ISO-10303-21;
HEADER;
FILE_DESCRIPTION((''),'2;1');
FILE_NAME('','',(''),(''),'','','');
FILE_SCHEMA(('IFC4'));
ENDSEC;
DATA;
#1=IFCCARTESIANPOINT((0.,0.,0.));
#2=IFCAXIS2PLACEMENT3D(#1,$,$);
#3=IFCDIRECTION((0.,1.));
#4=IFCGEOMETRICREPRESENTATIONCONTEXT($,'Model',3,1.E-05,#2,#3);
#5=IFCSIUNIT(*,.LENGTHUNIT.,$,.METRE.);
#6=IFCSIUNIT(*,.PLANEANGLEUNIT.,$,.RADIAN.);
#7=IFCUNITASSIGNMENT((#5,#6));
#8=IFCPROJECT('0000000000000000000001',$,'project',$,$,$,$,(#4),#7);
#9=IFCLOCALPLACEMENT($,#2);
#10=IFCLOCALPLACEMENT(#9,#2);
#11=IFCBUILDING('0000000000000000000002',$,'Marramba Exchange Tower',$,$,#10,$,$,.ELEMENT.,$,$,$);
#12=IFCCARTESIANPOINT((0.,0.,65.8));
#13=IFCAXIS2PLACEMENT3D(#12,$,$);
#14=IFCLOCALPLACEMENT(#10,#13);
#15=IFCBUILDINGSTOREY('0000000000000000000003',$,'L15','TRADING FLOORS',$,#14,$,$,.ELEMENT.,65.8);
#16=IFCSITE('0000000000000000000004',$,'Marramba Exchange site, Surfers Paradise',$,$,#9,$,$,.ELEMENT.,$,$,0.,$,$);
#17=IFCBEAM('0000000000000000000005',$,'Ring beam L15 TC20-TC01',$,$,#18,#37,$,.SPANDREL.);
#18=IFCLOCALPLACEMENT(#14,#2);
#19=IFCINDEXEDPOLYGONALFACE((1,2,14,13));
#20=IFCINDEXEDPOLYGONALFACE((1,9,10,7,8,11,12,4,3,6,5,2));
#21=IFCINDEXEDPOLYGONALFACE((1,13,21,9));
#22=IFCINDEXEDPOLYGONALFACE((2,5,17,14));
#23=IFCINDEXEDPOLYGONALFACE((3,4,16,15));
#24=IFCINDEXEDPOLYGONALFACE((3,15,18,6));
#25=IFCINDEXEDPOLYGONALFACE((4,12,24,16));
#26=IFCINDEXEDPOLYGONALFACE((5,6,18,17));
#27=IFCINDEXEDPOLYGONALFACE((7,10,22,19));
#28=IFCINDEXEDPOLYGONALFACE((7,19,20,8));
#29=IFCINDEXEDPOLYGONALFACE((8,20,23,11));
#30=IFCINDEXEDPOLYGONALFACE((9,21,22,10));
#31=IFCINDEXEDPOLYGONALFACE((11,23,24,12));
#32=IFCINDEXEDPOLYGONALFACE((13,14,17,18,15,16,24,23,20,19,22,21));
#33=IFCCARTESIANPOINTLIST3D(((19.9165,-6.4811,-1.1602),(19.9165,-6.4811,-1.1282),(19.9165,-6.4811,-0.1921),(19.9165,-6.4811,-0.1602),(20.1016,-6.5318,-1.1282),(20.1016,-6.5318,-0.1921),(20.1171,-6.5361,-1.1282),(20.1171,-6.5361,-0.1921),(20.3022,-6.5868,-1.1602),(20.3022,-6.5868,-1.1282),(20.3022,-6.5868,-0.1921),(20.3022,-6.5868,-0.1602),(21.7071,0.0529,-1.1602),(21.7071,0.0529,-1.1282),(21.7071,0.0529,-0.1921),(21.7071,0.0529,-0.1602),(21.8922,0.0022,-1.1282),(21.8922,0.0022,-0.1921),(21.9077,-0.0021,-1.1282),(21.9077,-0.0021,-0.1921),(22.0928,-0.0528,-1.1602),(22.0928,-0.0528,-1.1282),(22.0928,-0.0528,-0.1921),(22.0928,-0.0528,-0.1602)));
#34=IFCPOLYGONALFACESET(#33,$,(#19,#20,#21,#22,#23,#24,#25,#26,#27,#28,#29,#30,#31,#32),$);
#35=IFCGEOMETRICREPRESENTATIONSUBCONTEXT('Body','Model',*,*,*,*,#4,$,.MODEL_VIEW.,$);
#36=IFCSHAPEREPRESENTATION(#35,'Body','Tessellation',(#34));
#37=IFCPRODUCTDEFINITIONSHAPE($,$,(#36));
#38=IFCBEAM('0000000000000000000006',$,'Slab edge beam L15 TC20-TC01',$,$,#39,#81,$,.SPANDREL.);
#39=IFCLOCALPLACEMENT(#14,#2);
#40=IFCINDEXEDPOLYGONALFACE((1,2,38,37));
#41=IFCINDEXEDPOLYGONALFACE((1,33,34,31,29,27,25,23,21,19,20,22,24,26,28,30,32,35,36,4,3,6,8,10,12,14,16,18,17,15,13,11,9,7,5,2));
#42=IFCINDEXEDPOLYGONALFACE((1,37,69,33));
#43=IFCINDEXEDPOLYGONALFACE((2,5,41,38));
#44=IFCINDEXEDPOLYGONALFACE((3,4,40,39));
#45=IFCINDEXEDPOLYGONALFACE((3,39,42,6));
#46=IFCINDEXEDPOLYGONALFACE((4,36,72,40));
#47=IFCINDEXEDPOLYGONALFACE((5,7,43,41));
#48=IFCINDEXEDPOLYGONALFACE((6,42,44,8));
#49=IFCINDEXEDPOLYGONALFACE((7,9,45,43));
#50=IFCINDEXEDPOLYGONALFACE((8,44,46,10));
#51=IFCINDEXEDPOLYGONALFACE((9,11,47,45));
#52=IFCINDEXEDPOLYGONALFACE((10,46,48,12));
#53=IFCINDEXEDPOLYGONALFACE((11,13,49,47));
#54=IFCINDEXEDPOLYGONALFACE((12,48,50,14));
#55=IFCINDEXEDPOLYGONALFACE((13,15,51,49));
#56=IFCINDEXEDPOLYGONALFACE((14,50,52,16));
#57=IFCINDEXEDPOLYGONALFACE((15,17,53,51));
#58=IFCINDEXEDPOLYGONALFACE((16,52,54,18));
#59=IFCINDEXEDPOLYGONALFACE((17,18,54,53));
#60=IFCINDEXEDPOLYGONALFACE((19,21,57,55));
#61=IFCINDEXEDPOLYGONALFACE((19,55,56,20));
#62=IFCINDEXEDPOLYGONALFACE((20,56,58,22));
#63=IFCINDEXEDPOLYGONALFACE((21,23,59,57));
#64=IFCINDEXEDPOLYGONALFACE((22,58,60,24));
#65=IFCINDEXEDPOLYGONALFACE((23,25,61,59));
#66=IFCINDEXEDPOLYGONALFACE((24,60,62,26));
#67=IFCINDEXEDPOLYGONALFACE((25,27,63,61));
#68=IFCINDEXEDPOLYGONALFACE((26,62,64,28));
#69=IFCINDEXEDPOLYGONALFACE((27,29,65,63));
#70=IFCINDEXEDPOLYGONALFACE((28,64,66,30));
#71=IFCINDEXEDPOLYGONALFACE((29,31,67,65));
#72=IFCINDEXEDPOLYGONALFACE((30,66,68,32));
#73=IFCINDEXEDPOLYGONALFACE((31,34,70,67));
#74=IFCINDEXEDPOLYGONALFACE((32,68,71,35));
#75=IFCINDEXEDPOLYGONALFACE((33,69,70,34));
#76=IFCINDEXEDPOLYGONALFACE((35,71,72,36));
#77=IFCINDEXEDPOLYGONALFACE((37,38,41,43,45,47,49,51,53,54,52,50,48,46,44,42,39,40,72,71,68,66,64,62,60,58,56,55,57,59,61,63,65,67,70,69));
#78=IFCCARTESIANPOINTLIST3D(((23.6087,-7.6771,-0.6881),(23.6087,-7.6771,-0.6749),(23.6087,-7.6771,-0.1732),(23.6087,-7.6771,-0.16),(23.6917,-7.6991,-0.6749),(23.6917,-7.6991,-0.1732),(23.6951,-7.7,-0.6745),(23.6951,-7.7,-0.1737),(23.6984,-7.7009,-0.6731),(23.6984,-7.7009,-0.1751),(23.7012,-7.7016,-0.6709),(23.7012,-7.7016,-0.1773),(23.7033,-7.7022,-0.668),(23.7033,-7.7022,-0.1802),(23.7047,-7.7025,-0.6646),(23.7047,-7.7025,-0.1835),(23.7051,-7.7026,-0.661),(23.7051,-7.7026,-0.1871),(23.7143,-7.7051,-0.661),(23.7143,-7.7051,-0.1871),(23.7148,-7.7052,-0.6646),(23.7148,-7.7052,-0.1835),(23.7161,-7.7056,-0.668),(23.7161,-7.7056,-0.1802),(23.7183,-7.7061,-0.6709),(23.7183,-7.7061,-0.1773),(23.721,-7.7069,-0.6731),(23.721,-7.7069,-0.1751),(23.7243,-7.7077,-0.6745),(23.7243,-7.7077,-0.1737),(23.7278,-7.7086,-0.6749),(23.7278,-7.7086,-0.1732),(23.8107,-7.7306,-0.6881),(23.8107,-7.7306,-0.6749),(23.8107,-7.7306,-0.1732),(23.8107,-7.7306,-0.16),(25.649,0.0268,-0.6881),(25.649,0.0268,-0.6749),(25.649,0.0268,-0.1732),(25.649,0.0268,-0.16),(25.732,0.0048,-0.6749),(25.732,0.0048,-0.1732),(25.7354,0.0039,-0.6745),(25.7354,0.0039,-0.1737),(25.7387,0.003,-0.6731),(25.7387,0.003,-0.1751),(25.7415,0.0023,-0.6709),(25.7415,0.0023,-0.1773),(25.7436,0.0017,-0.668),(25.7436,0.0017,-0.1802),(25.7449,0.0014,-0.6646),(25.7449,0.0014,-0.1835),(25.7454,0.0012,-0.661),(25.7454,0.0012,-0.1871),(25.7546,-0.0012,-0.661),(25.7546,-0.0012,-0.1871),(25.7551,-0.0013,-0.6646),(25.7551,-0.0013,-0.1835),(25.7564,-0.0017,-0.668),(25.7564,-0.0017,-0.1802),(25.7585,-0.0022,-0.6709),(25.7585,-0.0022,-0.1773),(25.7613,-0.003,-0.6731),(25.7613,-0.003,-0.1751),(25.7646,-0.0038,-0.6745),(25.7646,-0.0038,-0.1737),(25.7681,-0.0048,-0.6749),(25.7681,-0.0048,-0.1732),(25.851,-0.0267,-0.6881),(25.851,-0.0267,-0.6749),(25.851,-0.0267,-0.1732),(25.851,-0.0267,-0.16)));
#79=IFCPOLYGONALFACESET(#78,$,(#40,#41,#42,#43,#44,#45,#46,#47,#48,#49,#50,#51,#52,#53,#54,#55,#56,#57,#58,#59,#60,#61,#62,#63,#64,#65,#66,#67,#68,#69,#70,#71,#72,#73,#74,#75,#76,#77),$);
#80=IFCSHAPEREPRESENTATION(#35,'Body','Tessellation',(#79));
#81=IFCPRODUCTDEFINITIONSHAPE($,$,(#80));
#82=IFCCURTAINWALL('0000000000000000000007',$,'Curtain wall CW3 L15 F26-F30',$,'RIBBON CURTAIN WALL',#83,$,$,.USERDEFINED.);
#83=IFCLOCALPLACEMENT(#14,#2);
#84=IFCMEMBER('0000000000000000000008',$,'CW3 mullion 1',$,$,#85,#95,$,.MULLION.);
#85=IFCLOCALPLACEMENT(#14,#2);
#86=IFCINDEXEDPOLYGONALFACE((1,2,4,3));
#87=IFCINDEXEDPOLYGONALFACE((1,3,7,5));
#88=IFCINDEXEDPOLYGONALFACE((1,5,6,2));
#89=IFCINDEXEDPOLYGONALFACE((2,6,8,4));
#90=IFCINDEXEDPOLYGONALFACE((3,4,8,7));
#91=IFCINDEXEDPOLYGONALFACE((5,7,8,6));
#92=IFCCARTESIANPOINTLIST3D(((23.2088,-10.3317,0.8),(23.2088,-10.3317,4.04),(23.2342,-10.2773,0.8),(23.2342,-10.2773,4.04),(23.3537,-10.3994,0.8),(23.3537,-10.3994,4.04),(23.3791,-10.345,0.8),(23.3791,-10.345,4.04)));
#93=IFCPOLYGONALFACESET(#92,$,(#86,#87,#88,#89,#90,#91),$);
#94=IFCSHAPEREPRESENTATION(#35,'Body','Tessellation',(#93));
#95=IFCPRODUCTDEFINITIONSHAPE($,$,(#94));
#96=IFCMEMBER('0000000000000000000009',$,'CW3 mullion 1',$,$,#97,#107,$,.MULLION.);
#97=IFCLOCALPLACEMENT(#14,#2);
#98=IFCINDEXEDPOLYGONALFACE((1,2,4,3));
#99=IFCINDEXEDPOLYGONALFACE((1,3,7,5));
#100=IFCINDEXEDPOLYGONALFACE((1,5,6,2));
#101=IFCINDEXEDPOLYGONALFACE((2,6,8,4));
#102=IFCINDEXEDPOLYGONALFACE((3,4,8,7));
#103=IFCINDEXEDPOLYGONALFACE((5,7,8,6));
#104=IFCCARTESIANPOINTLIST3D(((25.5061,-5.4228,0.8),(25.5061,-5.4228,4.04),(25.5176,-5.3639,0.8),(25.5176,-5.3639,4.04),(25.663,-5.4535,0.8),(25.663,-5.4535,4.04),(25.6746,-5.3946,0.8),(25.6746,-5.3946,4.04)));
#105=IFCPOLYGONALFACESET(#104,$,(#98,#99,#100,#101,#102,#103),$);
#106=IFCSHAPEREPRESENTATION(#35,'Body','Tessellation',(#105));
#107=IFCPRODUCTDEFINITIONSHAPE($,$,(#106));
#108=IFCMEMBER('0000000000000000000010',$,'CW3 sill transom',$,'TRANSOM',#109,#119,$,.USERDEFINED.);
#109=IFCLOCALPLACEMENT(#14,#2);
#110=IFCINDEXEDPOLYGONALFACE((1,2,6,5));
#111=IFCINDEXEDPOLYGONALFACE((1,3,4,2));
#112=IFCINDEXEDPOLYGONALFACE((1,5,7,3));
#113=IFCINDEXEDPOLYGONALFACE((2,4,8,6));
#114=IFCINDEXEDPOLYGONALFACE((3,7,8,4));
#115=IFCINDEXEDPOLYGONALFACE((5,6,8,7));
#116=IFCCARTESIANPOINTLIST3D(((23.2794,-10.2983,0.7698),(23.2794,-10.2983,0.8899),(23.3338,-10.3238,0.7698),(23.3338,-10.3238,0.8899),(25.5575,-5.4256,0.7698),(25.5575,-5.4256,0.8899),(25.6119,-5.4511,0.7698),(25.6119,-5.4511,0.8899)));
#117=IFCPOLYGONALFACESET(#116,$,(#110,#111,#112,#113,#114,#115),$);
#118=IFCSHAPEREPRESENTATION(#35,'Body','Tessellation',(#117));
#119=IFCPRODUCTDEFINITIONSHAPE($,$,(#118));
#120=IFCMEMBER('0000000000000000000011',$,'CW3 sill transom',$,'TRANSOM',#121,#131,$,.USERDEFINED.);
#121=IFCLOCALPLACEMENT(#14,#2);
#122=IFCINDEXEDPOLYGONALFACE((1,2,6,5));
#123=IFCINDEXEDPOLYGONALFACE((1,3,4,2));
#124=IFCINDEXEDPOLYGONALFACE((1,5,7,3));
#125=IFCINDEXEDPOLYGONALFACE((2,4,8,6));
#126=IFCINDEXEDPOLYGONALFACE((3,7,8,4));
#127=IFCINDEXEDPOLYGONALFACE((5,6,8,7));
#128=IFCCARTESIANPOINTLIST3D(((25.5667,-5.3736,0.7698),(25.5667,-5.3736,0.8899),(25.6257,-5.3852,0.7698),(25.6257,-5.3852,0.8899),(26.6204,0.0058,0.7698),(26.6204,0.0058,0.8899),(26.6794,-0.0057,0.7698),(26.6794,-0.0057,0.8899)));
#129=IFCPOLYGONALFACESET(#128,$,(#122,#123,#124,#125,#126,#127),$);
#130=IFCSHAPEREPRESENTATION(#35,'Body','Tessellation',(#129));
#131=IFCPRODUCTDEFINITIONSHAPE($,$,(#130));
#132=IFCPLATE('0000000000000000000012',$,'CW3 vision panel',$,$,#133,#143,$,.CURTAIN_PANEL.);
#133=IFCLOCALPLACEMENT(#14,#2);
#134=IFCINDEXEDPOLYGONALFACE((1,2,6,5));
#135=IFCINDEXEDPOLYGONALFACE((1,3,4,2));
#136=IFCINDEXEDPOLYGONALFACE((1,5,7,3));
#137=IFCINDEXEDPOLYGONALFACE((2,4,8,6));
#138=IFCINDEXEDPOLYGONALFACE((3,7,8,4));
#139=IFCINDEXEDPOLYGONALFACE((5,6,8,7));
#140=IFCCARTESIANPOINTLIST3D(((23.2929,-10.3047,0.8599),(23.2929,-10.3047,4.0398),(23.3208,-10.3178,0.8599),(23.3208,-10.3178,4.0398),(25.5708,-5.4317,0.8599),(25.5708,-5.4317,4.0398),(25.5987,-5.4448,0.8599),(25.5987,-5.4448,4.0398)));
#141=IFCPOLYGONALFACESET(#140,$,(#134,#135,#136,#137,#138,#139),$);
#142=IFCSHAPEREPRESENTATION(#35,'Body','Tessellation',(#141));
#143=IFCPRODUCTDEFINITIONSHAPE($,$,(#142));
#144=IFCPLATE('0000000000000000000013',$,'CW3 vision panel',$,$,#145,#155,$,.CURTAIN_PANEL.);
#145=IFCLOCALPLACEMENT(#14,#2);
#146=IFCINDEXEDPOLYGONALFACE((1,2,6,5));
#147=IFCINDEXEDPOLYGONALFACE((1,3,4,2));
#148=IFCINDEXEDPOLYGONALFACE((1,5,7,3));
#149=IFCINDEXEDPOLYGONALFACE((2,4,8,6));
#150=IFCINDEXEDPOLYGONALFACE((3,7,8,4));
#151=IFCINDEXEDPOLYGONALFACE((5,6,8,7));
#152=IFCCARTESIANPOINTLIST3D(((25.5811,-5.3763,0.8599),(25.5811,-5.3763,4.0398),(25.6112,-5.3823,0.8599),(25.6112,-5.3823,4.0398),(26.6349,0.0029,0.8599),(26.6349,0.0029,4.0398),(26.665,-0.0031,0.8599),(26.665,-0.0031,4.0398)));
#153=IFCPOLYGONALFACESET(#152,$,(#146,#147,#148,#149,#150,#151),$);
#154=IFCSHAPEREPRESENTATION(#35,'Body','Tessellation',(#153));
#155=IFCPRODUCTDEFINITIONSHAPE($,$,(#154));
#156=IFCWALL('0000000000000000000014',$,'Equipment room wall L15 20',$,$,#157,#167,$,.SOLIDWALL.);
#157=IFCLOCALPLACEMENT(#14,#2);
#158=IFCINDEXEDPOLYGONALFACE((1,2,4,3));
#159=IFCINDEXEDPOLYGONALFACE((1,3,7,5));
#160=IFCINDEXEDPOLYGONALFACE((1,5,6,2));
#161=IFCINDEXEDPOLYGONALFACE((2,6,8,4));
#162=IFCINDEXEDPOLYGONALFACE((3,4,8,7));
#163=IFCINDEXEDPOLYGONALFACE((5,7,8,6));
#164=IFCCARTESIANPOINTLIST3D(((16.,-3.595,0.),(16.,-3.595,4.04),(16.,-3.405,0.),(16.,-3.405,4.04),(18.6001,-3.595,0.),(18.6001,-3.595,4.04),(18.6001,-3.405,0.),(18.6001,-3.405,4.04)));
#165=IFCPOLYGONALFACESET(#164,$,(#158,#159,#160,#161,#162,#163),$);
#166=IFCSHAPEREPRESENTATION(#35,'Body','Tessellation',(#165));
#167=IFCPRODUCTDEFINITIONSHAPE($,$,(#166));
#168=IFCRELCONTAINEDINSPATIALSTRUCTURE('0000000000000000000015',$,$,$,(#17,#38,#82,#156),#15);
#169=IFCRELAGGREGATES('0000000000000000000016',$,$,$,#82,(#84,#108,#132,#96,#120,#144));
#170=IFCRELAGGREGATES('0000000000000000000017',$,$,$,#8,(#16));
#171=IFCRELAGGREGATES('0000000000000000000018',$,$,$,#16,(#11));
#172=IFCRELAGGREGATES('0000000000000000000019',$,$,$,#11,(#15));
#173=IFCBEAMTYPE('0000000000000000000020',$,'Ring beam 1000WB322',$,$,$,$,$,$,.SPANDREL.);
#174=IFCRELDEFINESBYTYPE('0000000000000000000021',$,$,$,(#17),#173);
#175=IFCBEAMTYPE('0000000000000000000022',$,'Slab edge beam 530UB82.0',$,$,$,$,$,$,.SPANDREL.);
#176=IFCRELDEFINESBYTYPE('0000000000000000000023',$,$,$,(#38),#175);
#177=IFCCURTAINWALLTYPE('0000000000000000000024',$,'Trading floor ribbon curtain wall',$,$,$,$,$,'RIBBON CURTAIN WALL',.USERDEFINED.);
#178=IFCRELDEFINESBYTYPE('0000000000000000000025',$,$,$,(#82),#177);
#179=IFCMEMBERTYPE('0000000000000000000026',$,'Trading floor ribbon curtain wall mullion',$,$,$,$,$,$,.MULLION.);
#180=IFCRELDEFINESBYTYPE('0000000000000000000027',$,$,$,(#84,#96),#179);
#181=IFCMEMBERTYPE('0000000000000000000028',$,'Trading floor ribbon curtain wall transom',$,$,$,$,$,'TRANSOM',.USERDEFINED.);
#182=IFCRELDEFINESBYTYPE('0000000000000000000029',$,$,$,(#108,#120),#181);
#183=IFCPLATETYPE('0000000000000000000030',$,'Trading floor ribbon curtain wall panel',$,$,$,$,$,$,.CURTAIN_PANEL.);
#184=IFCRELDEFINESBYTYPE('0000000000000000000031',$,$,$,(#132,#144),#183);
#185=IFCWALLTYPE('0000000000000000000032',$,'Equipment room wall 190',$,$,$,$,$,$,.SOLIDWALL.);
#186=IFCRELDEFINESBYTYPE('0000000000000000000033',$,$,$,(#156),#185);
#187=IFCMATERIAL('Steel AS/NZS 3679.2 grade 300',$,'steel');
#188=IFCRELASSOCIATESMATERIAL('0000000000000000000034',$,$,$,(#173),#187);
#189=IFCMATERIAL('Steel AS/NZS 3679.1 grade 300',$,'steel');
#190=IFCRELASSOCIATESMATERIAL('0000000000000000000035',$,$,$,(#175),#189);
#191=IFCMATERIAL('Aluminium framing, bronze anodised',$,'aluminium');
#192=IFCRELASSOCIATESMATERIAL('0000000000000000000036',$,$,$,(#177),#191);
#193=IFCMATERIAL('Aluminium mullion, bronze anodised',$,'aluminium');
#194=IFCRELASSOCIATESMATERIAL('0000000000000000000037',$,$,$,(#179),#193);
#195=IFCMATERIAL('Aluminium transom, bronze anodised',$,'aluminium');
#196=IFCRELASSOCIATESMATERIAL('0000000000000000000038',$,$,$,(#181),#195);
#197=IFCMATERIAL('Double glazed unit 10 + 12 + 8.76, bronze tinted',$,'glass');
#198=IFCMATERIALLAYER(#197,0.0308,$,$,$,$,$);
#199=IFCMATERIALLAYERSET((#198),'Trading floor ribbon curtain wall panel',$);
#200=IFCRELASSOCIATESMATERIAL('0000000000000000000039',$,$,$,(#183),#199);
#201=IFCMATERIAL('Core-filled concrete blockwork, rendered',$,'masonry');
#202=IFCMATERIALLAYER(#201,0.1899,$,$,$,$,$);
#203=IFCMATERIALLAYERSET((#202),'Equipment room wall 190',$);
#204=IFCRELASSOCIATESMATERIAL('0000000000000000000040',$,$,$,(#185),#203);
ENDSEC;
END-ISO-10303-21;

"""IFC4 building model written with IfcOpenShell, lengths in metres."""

from ifc_helpers import new_model, si_unit, direction, frame, frame_2d, origin, origin_2d, place, context, subcontext, project, spatial, rectangle, i_section, extrude, material, layer, layer_set, material_profile, profile_set, type_object, element, aggregate, save


model = new_model("IFC4")

# Units and contexts
model_context = context("Model", 3, precision=1e-05, world=origin(), true_north=direction((0.0, 1.0)))
body_context = subcontext(model_context, "Body", "Model", "MODEL_VIEW")
ifc_project = project(units=[si_unit("LENGTHUNIT", "METRE"), si_unit("PLANEANGLEUNIT", "RADIAN")], contexts=[model_context])

# Site, building, storey
site_placement = place(None, origin())
site = spatial("IfcSite", under=ifc_project, at=site_placement, Name="Marramba Exchange site, Surfers Paradise", CompositionType="ELEMENT", RefElevation=0.0)
building_placement = place(site_placement, origin())
building = spatial("IfcBuilding", under=site, at=building_placement, Name="Marramba Exchange Tower", CompositionType="ELEMENT")
storey_placement = place(building_placement, frame((0.0, 0.0, 65.8)))
storey = spatial("IfcBuildingStorey", under=building, at=storey_placement, Name="L15", Description="TRADING FLOORS", CompositionType="ELEMENT", Elevation=65.8)

# Beams
ifc_material_1 = material(Name="Steel AS/NZS 3679.2 grade 300", Category="steel")
ifc_material_2 = material(Name="Steel AS/NZS 3679.1 grade 300", Category="steel")
ifc_material_profile_1 = material_profile(ifc_material_1, i_section(OverallWidth=0.3999, OverallDepth=1.0, WebThickness=0.0161, FlangeThickness=0.032, at=origin_2d()), Name="1000WB322")
ifc_profile_set_1 = profile_set([ifc_material_profile_1], Name="Steel AS/NZS 3679.2 grade 300")
beam_type_1 = type_object("IfcBeamType", Name="Ring beam 1000WB322", PredefinedType="SPANDREL", material=ifc_profile_set_1)
beam_1_placement = place(storey_placement, frame((20.1094, -6.5339, -0.6602), z_axis=(0.264291, 0.964443, 0.0), x_axis=(-0.964443, 0.264291, 0.0)))
element("IfcBeam", 1, at=beam_1_placement, inside=storey, type_object=beam_type_1, Name="Ring beam L15 TC20-TC01", PredefinedType="SPANDREL", context=body_context, shape_type="SweptSolid", body=[
    extrude(i_section(OverallWidth=0.3999, OverallDepth=1.0, WebThickness=0.0161, FlangeThickness=0.032, at=origin_2d()), origin(), (0.0, 0.0, 1.0), 6.7749),
])
ifc_material_profile_2 = material_profile(ifc_material_2, i_section(OverallWidth=0.209, OverallDepth=0.5281, WebThickness=0.0095, FlangeThickness=0.0132, FilletRadius=0.0139, at=origin_2d()), Name="530UB82.0")
ifc_profile_set_2 = profile_set([ifc_material_profile_2], Name="Steel AS/NZS 3679.1 grade 300")
beam_type_2 = type_object("IfcBeamType", Name="Slab edge beam 530UB82.0", PredefinedType="SPANDREL", material=ifc_profile_set_2)
beam_2_placement = place(storey_placement, frame((23.7097, -7.7039, -0.4241), z_axis=(0.256013, 0.966673, 0.0), x_axis=(-0.966673, 0.256013, 0.0)))
element("IfcBeam", 2, at=beam_2_placement, inside=storey, type_object=beam_type_2, Name="Slab edge beam L15 TC20-TC01", PredefinedType="SPANDREL", context=body_context, shape_type="SweptSolid", body=[
    extrude(i_section(OverallWidth=0.209, OverallDepth=0.5281, WebThickness=0.0095, FlangeThickness=0.0132, FilletRadius=0.0139, at=origin_2d()), origin(), (0.0, 0.0, 1.0), 7.9695),
])

# Curtain wall, members, plates
ifc_material_3 = material(Name="Aluminium framing, bronze anodised", Category="aluminium")
curtain_wall_type = type_object("IfcCurtainWallType", Name="Trading floor ribbon curtain wall", ElementType="RIBBON CURTAIN WALL", PredefinedType="USERDEFINED", material=ifc_material_3)
curtain_wall_placement = place(storey_placement, origin())
curtain_wall = element("IfcCurtainWall", 3, at=curtain_wall_placement, inside=storey, type_object=curtain_wall_type, Name="Curtain wall CW3 L15 F26-F30", ObjectType="RIBBON CURTAIN WALL", PredefinedType="USERDEFINED")
ifc_material_4 = material(Name="Aluminium mullion, bronze anodised", Category="aluminium")
ifc_material_profile_3 = material_profile(ifc_material_4, rectangle(XDim=0.1599, YDim=0.0601, at=origin_2d()), Name="CW3 mullion 60x160")
ifc_profile_set_3 = profile_set([ifc_material_profile_3], Name="Aluminium mullion, bronze anodised")
member_type_1 = type_object("IfcMemberType", Name="Trading floor ribbon curtain wall mullion", PredefinedType="MULLION", material=ifc_profile_set_3)
member_1_placement = place(storey_placement, frame((23.2939, -10.3384, 0.8), z_axis=(0.0, 0.0, 1.0), x_axis=(-0.905907, 0.423477, 0.0)))
member_1 = element("IfcMember", 4, at=member_1_placement, type_object=member_type_1, Name="CW3 mullion 1", PredefinedType="MULLION", context=body_context, shape_type="SweptSolid", body=[
    extrude(rectangle(XDim=0.1599, YDim=0.0601, at=origin_2d()), origin(), (0.0, 0.0, 1.0), 3.24),
])
member_2_placement = place(storey_placement, frame((25.5903, -5.4087, 0.8), z_axis=(0.0, 0.0, 1.0), x_axis=(-0.981346, 0.192249, 0.0)))
member_2 = element("IfcMember", 5, at=member_2_placement, type_object=member_type_1, Name="CW3 mullion 1", PredefinedType="MULLION", context=body_context, shape_type="SweptSolid", body=[
    extrude(rectangle(XDim=0.1599, YDim=0.0601, at=origin_2d()), origin(), (0.0, 0.0, 1.0), 3.24),
])
ifc_material_5 = material(Name="Aluminium transom, bronze anodised", Category="aluminium")
ifc_material_profile_4 = material_profile(ifc_material_5, rectangle(XDim=0.0601, YDim=0.1201, at=origin_2d()), Name="CW3 transom 60x120")
ifc_profile_set_4 = profile_set([ifc_material_profile_4], Name="Aluminium transom, bronze anodised")
member_type_2 = type_object("IfcMemberType", Name="Trading floor ribbon curtain wall transom", ElementType="TRANSOM", PredefinedType="USERDEFINED", material=ifc_profile_set_4)
member_3_placement = place(storey_placement, frame((23.3066, -10.311, 0.8298), z_axis=(0.423512, 0.905891, 0.0), x_axis=(-0.905891, 0.423512, 0.0)))
member_3 = element("IfcMember", 6, at=member_3_placement, type_object=member_type_2, Name="CW3 sill transom", ObjectType="TRANSOM", PredefinedType="USERDEFINED", context=body_context, shape_type="SweptSolid", body=[
    extrude(rectangle(XDim=0.0601, YDim=0.1201, at=origin_2d()), origin(), (0.0, 0.0, 1.0), 5.3789),
])
member_4_placement = place(storey_placement, frame((25.5962, -5.3794, 0.8298), z_axis=(0.192226, 0.981351, 0.0), x_axis=(-0.981351, 0.192226, 0.0)))
member_4 = element("IfcMember", 7, at=member_4_placement, type_object=member_type_2, Name="CW3 sill transom", ObjectType="TRANSOM", PredefinedType="USERDEFINED", context=body_context, shape_type="SweptSolid", body=[
    extrude(rectangle(XDim=0.0601, YDim=0.1201, at=origin_2d()), origin(), (0.0, 0.0, 1.0), 5.4817),
])
ifc_material_6 = material(Name="Double glazed unit 10 + 12 + 8.76, bronze tinted", Category="glass")
ifc_layer_1 = layer(ifc_material_6, 0.0308)
ifc_layer_set_1 = layer_set([ifc_layer_1], Name="Trading floor ribbon curtain wall panel")
plate_type = type_object("IfcPlateType", Name="Trading floor ribbon curtain wall panel", PredefinedType="CURTAIN_PANEL", material=ifc_layer_set_1)
plate_1_placement = place(storey_placement, frame((24.4458, -7.8748, 0.8599), z_axis=(0.0, 0.0, 1.0), x_axis=(0.423477, 0.905907, 0.0)))
plate_1 = element("IfcPlate", 8, at=plate_1_placement, type_object=plate_type, Name="CW3 vision panel", PredefinedType="CURTAIN_PANEL", context=body_context, shape_type="SweptSolid", body=[
    extrude(rectangle(XDim=5.3792, YDim=0.0308, at=origin_2d()), origin(), (0.0, 0.0, 1.0), 3.1799),
])
plate_2_placement = place(storey_placement, frame((26.123, -2.6897, 0.8599), z_axis=(0.0, 0.0, 1.0), x_axis=(0.192249, 0.981346, 0.0)))
plate_2 = element("IfcPlate", 9, at=plate_2_placement, type_object=plate_type, Name="CW3 vision panel", PredefinedType="CURTAIN_PANEL", context=body_context, shape_type="SweptSolid", body=[
    extrude(rectangle(XDim=5.4814, YDim=0.0308, at=origin_2d()), origin(), (0.0, 0.0, 1.0), 3.1799),
])
aggregate(curtain_wall, [member_1, member_3, plate_1, member_2, member_4, plate_2])

# Wall
ifc_material_7 = material(Name="Core-filled concrete blockwork, rendered", Category="masonry")
ifc_layer_2 = layer(ifc_material_7, 0.1899)
ifc_layer_set_2 = layer_set([ifc_layer_2], Name="Equipment room wall 190")
wall_type_1 = type_object("IfcWallType", Name="Equipment room wall 190", PredefinedType="SOLIDWALL", material=ifc_layer_set_2)
wall_1_placement = place(storey_placement, frame((16.0, -3.5, 0.0), z_axis=(0.0, 0.0, 1.0), x_axis=(1.0, 0.0, 0.0)))
element("IfcWall", 10, at=wall_1_placement, inside=storey, type_object=wall_type_1, Name="Equipment room wall L15 20", PredefinedType="SOLIDWALL", context=body_context, shape_type="SweptSolid", body=[
    extrude(rectangle(XDim=2.6001, YDim=0.1899, at=frame_2d((1.3, 0.0))), origin(), (0.0, 0.0, 1.0), 4.04),
])

save(model, "model.ifc")
